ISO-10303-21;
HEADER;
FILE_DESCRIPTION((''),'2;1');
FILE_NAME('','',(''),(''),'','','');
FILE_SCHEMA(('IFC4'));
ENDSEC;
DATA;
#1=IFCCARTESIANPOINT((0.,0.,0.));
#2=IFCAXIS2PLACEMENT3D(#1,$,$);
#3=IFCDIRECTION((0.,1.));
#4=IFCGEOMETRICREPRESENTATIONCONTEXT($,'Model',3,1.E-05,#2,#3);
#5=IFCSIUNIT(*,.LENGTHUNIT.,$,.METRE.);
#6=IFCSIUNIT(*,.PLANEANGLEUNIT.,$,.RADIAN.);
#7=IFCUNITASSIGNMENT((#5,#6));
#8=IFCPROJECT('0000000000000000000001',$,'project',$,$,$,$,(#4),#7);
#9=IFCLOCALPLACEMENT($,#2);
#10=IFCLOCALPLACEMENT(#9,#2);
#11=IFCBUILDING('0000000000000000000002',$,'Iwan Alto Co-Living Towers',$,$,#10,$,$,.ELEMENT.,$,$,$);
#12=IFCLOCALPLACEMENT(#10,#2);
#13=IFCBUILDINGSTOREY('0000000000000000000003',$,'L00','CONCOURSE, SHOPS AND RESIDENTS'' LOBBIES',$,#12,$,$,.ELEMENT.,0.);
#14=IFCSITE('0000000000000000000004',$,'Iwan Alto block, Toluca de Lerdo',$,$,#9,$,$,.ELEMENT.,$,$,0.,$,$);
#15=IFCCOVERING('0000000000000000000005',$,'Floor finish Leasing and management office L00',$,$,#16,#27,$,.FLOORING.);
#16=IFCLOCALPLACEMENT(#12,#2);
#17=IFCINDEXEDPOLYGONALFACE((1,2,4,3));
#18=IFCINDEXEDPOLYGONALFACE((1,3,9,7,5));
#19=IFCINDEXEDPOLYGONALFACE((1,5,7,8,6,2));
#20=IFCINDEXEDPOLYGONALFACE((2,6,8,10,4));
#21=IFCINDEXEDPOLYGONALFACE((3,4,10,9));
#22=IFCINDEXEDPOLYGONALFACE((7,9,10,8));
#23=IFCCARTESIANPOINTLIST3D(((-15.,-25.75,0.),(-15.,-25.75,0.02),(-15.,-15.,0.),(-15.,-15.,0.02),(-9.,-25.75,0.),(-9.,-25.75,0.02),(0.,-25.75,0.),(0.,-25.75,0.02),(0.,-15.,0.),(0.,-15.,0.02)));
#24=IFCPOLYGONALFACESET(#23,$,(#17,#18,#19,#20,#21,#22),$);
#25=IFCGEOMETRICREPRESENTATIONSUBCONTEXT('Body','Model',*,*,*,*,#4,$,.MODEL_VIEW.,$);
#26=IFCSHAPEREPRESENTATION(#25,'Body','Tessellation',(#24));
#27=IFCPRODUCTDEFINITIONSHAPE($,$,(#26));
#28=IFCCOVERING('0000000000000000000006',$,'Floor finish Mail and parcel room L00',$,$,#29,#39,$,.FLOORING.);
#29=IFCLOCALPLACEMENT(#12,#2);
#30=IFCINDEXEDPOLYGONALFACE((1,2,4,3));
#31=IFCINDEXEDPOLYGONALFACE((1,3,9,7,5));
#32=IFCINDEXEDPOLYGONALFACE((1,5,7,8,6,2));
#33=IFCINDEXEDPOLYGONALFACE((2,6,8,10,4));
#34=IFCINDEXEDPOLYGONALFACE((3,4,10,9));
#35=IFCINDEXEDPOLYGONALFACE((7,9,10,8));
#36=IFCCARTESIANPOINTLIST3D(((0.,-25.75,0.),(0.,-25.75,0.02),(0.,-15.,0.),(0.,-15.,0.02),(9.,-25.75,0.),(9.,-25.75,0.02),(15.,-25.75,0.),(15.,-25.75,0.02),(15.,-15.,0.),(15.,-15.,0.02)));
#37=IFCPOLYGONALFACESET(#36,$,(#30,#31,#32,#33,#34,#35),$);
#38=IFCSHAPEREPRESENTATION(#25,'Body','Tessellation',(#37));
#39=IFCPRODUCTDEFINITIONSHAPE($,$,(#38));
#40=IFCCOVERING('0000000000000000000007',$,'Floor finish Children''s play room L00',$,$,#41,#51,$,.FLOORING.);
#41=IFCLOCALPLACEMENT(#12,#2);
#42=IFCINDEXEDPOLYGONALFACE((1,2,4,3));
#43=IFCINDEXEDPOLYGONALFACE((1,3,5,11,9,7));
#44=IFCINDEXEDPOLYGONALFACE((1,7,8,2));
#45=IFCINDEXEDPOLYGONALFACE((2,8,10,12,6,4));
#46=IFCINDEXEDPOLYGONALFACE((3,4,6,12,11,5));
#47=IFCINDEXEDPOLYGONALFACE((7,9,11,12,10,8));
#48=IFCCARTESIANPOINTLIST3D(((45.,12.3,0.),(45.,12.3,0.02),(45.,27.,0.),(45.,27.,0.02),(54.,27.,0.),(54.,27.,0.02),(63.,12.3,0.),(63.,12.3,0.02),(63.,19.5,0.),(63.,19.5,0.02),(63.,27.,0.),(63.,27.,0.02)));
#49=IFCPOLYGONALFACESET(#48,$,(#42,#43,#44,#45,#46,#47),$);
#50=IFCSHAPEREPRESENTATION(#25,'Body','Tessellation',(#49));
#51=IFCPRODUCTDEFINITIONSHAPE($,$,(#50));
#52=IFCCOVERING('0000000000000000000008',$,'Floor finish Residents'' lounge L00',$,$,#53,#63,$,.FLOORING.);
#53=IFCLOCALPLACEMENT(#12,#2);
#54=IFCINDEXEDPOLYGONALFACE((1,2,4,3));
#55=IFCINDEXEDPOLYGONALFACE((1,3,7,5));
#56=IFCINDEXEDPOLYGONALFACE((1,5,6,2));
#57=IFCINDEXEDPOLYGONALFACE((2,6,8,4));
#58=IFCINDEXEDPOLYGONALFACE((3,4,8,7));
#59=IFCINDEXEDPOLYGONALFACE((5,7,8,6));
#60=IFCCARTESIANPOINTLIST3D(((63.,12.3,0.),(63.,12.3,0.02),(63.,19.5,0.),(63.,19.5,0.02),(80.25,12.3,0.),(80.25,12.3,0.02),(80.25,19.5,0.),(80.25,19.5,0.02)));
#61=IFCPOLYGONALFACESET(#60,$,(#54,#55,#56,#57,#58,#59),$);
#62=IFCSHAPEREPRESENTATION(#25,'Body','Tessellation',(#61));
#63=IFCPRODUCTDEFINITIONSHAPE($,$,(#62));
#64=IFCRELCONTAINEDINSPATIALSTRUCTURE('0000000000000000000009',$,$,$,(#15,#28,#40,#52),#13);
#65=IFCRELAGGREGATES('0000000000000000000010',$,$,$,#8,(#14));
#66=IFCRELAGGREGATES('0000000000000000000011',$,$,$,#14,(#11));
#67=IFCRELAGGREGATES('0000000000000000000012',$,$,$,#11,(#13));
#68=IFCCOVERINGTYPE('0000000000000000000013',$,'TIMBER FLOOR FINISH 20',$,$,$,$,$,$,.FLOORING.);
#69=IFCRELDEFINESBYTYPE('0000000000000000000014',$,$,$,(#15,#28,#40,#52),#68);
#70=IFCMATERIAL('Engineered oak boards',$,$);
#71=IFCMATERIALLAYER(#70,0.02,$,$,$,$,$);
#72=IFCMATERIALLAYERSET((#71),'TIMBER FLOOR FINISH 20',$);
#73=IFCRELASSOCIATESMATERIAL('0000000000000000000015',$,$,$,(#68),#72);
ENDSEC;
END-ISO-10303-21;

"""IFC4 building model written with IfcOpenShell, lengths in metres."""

from ifc_helpers import new_model, si_unit, direction, origin, place, context, subcontext, project, spatial, polyline, outline, extrude, material, layer, layer_set, type_object, element, save


model = new_model("IFC4")

# Units and contexts
model_context = context("Model", 3, precision=1e-05, world=origin(), true_north=direction((0.0, 1.0)))
body_context = subcontext(model_context, "Body", "Model", "MODEL_VIEW")
ifc_project = project(units=[si_unit("LENGTHUNIT", "METRE"), si_unit("PLANEANGLEUNIT", "RADIAN")], contexts=[model_context])

# Site, building, storey
site_placement = place(None, origin())
site = spatial("IfcSite", under=ifc_project, at=site_placement, Name="Iwan Alto block, Toluca de Lerdo", CompositionType="ELEMENT", RefElevation=0.0)
building_placement = place(site_placement, origin())
building = spatial("IfcBuilding", under=site, at=building_placement, Name="Iwan Alto Co-Living Towers", CompositionType="ELEMENT")
storey_placement = place(building_placement, origin())
storey = spatial("IfcBuildingStorey", under=building, at=storey_placement, Name="L00", Description="CONCOURSE, SHOPS AND RESIDENTS' LOBBIES", CompositionType="ELEMENT", Elevation=0.0)

# Coverings
ifc_material_1 = material(Name="Engineered oak boards")
ifc_layer_1 = layer(ifc_material_1, 0.02)
ifc_layer_set_1 = layer_set([ifc_layer_1], Name="TIMBER FLOOR FINISH 20")
covering_type_1 = type_object("IfcCoveringType", Name="TIMBER FLOOR FINISH 20", PredefinedType="FLOORING", material=ifc_layer_set_1)
covering_1_placement = place(storey_placement, origin())
element("IfcCovering", 1, at=covering_1_placement, inside=storey, type_object=covering_type_1, Name="Floor finish Leasing and management office L00", PredefinedType="FLOORING", context=body_context, shape_type="SweptSolid", body=[
    extrude(outline(polyline([(0.0, -25.75), (-9.0, -25.75), (-15.0, -25.75), (-15.0, -15.0), (0.0, -15.0), (0.0, -25.75)])), origin(), (0.0, 0.0, 1.0), 0.02),
])
covering_2_placement = place(storey_placement, origin())
element("IfcCovering", 2, at=covering_2_placement, inside=storey, type_object=covering_type_1, Name="Floor finish Mail and parcel room L00", PredefinedType="FLOORING", context=body_context, shape_type="SweptSolid", body=[
    extrude(outline(polyline([(9.0, -25.75), (0.0, -25.75), (0.0, -15.0), (15.0, -15.0), (15.0, -25.75), (9.0, -25.75)])), origin(), (0.0, 0.0, 1.0), 0.02),
])
covering_3_placement = place(storey_placement, origin())
element("IfcCovering", 3, at=covering_3_placement, inside=storey, type_object=covering_type_1, Name="Floor finish Children's play room L00", PredefinedType="FLOORING", context=body_context, shape_type="SweptSolid", body=[
    extrude(outline(polyline([(45.0, 12.3), (45.0, 27.0), (54.0, 27.0), (63.0, 27.0), (63.0, 19.5), (63.0, 12.3), (45.0, 12.3)])), origin(), (0.0, 0.0, 1.0), 0.02),
])
covering_4_placement = place(storey_placement, origin())
element("IfcCovering", 4, at=covering_4_placement, inside=storey, type_object=covering_type_1, Name="Floor finish Residents' lounge L00", PredefinedType="FLOORING", context=body_context, shape_type="SweptSolid", body=[
    extrude(outline(polyline([(63.0, 12.3), (63.0, 19.5), (80.25, 19.5), (80.25, 12.3), (63.0, 12.3)])), origin(), (0.0, 0.0, 1.0), 0.02),
])

save(model, "model.ifc")
